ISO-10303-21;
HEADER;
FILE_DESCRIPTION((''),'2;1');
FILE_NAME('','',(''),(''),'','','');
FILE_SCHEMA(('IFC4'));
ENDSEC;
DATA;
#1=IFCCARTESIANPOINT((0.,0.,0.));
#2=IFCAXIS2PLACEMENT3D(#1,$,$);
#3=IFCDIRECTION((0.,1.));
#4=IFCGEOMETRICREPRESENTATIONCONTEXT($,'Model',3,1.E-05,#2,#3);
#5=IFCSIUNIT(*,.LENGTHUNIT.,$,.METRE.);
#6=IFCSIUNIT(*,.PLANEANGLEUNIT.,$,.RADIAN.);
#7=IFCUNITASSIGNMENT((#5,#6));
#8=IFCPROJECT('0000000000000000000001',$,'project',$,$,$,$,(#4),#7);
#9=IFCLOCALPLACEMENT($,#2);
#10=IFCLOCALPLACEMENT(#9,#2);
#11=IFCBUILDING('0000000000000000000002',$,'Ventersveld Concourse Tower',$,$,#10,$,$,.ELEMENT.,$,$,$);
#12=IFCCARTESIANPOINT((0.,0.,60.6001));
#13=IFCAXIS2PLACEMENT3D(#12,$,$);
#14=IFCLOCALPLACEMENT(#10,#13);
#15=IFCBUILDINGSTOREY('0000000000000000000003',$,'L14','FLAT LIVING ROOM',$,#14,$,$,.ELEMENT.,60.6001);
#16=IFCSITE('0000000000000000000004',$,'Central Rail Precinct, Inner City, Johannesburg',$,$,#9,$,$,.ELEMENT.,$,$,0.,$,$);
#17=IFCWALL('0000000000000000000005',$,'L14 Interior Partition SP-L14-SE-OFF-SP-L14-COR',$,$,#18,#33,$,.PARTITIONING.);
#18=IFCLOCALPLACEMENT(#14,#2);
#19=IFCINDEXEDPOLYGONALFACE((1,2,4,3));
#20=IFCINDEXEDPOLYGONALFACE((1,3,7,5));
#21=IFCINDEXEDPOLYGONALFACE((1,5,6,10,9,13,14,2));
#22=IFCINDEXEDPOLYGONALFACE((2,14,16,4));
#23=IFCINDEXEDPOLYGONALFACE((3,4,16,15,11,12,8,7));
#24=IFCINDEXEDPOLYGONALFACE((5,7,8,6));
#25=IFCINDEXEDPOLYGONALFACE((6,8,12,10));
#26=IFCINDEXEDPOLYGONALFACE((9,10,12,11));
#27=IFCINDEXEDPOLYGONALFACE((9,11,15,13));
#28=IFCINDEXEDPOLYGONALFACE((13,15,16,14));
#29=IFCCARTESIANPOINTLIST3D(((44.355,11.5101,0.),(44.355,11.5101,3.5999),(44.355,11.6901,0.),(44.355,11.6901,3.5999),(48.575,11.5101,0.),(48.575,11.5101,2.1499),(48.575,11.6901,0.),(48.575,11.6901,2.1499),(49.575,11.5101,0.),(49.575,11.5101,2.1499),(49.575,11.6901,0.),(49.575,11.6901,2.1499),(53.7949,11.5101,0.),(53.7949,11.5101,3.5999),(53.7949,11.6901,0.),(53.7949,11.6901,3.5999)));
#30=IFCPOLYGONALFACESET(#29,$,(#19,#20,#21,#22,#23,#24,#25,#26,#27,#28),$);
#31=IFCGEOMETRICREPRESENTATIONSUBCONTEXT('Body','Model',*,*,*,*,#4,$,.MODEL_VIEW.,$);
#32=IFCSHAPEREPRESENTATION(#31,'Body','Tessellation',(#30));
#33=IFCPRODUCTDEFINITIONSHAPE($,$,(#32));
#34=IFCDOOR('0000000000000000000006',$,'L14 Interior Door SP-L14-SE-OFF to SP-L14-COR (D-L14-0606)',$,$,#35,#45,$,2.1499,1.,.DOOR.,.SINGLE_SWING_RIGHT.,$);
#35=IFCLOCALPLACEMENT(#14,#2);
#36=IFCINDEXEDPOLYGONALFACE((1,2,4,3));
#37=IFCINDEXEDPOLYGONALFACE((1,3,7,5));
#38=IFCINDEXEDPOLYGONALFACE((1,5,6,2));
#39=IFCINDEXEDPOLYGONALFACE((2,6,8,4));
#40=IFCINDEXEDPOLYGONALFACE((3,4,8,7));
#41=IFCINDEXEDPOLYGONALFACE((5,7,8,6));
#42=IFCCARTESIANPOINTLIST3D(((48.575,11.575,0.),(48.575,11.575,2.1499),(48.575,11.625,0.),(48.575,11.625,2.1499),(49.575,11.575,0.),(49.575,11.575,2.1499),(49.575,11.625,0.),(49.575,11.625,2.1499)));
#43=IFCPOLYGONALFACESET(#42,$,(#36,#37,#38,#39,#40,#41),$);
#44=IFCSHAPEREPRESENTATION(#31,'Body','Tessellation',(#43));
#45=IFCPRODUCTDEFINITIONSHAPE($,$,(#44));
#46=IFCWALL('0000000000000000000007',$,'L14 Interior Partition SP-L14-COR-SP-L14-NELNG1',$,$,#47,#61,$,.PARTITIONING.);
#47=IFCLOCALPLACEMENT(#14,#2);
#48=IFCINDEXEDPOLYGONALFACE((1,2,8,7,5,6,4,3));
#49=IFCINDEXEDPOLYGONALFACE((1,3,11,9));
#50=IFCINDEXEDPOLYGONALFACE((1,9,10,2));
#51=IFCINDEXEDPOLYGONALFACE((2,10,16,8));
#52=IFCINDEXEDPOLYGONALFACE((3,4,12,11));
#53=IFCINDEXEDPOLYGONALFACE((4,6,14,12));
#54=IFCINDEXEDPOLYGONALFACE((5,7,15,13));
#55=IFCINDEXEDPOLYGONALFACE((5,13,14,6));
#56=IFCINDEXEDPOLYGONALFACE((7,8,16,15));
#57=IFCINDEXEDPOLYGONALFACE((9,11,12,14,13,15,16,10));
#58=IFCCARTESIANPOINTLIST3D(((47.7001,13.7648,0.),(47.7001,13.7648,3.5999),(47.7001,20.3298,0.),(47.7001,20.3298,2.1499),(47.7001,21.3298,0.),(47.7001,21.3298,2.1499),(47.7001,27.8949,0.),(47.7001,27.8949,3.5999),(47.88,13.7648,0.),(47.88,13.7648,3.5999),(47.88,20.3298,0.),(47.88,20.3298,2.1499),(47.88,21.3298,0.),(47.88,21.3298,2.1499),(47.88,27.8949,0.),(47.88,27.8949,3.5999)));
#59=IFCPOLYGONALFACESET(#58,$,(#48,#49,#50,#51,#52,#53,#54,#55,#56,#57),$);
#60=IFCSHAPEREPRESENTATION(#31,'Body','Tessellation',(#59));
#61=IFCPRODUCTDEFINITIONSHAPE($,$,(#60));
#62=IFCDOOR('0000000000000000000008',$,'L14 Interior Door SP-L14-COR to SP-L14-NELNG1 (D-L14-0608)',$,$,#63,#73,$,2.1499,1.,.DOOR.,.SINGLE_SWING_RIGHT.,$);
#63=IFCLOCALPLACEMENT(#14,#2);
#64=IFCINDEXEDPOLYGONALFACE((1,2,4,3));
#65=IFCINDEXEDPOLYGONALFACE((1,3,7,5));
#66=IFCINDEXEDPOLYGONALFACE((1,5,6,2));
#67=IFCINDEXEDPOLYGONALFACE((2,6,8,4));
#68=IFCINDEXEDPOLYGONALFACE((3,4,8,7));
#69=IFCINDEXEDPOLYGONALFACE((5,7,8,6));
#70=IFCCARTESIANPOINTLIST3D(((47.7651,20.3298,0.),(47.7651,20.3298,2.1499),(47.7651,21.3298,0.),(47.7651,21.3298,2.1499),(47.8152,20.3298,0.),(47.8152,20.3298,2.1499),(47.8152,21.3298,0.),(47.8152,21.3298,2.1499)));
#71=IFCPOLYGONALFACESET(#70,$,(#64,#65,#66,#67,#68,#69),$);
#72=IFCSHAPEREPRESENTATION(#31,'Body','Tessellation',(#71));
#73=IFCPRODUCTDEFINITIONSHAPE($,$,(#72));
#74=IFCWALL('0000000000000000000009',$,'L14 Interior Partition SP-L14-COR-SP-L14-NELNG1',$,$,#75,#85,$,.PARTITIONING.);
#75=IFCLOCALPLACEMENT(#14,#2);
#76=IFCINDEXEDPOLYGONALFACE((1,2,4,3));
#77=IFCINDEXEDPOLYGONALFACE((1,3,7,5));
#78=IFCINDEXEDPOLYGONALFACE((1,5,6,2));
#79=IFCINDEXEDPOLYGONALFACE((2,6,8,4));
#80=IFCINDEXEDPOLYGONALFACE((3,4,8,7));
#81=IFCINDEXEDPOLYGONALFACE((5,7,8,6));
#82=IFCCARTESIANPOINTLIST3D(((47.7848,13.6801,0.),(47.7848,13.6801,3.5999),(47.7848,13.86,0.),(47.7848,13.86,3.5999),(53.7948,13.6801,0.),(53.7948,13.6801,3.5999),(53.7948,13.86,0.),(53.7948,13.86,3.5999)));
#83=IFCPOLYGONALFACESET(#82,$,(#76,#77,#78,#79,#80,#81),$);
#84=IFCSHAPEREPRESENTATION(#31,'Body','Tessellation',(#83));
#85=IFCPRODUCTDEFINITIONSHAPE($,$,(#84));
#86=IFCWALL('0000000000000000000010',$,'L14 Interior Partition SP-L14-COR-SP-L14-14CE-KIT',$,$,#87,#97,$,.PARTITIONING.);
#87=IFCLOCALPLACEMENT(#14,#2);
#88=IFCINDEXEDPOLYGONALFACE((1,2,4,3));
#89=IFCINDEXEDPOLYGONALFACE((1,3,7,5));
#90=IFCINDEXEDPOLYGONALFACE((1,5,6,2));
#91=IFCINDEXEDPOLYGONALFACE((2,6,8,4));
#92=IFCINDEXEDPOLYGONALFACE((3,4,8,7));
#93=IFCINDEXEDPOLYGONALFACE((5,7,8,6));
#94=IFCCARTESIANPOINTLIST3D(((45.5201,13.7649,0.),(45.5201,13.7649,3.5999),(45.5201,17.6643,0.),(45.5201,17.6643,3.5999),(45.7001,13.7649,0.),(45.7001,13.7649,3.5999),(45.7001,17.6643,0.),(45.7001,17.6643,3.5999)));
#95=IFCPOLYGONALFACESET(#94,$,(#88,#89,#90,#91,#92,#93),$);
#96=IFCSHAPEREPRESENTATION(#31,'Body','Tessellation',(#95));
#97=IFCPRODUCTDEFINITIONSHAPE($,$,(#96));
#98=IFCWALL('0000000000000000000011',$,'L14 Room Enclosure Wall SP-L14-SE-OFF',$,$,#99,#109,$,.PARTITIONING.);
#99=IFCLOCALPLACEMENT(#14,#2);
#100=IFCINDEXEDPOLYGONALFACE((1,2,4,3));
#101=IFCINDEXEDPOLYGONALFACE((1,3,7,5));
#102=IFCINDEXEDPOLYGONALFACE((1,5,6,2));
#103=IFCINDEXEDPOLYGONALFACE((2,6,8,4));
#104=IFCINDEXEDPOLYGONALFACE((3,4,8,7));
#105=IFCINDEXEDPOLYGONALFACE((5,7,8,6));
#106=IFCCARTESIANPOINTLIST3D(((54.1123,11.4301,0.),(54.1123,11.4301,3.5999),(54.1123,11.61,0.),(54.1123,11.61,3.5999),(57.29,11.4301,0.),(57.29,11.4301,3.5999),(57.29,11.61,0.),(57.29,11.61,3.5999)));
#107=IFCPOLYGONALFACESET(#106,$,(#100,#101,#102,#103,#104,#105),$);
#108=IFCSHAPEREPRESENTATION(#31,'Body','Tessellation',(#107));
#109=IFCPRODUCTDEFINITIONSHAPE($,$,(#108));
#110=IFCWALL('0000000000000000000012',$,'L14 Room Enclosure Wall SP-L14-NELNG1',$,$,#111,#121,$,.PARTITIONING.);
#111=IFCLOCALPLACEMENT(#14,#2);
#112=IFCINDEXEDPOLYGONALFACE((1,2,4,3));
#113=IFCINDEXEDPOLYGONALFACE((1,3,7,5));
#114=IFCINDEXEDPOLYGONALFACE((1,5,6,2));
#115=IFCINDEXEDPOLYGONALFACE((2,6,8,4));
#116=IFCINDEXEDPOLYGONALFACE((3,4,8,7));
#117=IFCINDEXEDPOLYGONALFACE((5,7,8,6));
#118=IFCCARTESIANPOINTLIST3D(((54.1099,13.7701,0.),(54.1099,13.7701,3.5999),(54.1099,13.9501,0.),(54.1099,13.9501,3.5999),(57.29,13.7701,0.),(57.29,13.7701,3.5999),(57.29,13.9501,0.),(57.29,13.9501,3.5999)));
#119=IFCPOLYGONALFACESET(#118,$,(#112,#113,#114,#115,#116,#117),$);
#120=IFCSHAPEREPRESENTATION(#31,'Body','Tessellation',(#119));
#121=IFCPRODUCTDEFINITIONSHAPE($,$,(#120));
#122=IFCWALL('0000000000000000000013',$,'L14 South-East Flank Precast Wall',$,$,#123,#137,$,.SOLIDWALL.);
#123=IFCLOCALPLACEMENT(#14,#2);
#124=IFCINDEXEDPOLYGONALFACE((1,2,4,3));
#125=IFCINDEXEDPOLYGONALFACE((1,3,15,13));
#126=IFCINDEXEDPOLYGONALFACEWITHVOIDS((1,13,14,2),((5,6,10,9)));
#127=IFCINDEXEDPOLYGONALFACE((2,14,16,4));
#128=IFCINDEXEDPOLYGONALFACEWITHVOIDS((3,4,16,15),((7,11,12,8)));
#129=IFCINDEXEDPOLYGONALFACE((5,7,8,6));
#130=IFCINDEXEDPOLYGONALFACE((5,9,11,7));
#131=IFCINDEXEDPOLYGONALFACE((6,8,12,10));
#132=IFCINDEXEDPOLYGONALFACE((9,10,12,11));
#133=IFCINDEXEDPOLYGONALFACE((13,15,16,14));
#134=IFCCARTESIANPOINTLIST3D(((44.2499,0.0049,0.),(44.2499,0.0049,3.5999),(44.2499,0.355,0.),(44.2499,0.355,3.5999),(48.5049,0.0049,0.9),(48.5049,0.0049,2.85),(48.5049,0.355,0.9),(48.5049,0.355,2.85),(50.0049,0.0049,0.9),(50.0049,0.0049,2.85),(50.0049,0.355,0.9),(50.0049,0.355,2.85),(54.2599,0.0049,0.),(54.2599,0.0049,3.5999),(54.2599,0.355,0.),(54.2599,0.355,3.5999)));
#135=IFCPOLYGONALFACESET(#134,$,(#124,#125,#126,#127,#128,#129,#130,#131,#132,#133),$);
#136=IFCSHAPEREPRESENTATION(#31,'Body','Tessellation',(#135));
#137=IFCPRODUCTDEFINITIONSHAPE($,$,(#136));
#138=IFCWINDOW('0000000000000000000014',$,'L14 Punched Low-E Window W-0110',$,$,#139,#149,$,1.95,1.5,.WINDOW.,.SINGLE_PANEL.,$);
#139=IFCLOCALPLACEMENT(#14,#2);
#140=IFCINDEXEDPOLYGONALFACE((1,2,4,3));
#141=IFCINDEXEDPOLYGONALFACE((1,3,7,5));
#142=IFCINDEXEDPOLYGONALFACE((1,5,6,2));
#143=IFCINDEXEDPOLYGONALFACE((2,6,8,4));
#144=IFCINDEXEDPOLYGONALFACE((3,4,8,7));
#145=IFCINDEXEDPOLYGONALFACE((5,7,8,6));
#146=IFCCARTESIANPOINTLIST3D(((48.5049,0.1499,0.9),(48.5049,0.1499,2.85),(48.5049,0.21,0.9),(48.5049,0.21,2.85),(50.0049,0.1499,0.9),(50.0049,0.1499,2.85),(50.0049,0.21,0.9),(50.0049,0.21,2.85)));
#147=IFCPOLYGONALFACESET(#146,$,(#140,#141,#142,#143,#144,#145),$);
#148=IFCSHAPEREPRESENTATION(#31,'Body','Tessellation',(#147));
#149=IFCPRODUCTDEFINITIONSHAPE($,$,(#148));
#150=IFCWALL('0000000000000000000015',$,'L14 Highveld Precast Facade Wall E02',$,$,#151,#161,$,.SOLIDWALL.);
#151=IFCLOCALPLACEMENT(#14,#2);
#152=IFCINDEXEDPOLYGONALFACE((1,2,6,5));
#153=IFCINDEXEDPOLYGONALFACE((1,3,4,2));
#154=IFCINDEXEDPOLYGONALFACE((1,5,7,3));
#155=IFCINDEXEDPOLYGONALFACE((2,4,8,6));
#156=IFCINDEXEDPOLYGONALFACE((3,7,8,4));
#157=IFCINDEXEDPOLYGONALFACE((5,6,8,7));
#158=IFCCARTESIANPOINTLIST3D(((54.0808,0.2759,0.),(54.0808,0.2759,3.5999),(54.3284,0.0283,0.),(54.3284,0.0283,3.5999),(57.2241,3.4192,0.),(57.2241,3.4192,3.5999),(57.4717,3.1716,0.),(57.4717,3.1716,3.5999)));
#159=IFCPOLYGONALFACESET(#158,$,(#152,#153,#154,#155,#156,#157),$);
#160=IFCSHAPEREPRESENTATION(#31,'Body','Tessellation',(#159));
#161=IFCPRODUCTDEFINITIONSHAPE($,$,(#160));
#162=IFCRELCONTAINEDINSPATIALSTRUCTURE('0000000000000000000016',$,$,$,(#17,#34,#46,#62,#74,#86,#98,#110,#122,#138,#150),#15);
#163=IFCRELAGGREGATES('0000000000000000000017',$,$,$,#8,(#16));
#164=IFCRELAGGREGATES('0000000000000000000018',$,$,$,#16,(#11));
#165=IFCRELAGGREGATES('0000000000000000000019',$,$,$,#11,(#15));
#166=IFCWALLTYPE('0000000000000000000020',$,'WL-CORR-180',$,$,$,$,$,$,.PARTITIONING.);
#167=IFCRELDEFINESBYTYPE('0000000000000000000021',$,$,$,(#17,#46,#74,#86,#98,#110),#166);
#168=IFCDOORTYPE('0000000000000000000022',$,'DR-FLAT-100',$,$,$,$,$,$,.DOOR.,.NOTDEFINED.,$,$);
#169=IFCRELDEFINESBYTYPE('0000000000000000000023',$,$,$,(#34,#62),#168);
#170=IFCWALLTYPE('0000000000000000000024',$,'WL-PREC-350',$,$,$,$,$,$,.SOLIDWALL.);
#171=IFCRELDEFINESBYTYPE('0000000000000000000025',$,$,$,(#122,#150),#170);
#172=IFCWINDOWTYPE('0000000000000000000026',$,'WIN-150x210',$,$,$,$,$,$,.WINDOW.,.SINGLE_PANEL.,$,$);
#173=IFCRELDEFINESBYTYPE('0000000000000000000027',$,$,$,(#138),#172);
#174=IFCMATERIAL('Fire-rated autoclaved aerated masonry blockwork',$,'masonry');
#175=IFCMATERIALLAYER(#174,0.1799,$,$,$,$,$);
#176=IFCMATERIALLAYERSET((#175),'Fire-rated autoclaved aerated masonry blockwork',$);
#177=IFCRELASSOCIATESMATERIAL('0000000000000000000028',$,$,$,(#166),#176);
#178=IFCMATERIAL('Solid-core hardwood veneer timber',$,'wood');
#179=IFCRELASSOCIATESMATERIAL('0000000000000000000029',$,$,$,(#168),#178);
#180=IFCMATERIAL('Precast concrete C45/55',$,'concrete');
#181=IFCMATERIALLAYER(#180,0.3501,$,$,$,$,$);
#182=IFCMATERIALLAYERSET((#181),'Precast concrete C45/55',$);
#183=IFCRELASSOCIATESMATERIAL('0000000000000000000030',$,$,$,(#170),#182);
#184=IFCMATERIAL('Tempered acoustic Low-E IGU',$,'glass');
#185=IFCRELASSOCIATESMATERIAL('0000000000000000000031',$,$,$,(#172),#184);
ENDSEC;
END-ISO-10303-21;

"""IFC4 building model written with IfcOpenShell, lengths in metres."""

from ifc_helpers import new_model, si_unit, direction, frame, frame_2d, origin, place, context, subcontext, project, spatial, rectangle, extrude, material, layer, layer_set, type_object, element, fill, save


model = new_model("IFC4")

# Units and contexts
model_context = context("Model", 3, precision=1e-05, world=origin(), true_north=direction((0.0, 1.0)))
body_context = subcontext(model_context, "Body", "Model", "MODEL_VIEW")
ifc_project = project(units=[si_unit("LENGTHUNIT", "METRE"), si_unit("PLANEANGLEUNIT", "RADIAN")], contexts=[model_context])

# Site, building, storey
site_placement = place(None, origin())
site = spatial("IfcSite", under=ifc_project, at=site_placement, Name="Central Rail Precinct, Inner City, Johannesburg", CompositionType="ELEMENT", RefElevation=0.0)
building_placement = place(site_placement, origin())
building = spatial("IfcBuilding", under=site, at=building_placement, Name="Ventersveld Concourse Tower", CompositionType="ELEMENT")
storey_placement = place(building_placement, frame((0.0, 0.0, 60.6001)))
storey = spatial("IfcBuildingStorey", under=building, at=storey_placement, Name="L14", Description="FLAT LIVING ROOM", CompositionType="ELEMENT", Elevation=60.6001)

# Walls, openings, doors
ifc_material_1 = material(Name="Fire-rated autoclaved aerated masonry blockwork", Category="masonry")
ifc_layer_1 = layer(ifc_material_1, 0.1799)
ifc_layer_set_1 = layer_set([ifc_layer_1], Name="Fire-rated autoclaved aerated masonry blockwork")
wall_type_1 = type_object("IfcWallType", Name="WL-CORR-180", PredefinedType="PARTITIONING", material=ifc_layer_set_1)
wall_1_placement = place(storey_placement, frame((44.355, 11.6001, 0.0), z_axis=(0.0, 0.0, 1.0), x_axis=(1.0, 0.0, 0.0)))
wall_1 = element("IfcWall", 1, at=wall_1_placement, inside=storey, type_object=wall_type_1, Name="L14 Interior Partition SP-L14-SE-OFF-SP-L14-COR", PredefinedType="PARTITIONING", context=body_context, shape_type="SweptSolid", body=[
    extrude(rectangle(XDim=9.4399, YDim=0.1799, at=frame_2d((4.72, 0.0))), origin(), (0.0, 0.0, 1.0), 3.5999),
])
opening_1_placement = place(wall_1_placement, frame((4.22, 0.0, 0.0)))
opening_1 = element("IfcOpeningElement", 2, at=opening_1_placement, cuts=wall_1, PredefinedType="OPENING", context=body_context, shape_type="SweptSolid", body=[
    extrude(rectangle(XDim=1.0, YDim=2.1499, at=frame_2d((0.5, 1.075))), frame((0.0, 0.1001, 0.0), z_axis=(0.0, -1.0, 0.0), x_axis=(1.0, 0.0, 0.0)), (0.0, 0.0, 1.0), 0.2),
])
ifc_material_2 = material(Name="Solid-core hardwood veneer timber", Category="wood")
door_type = type_object("IfcDoorType", Name="DR-FLAT-100", OperationType="NOTDEFINED", PredefinedType="DOOR", material=ifc_material_2)
door_1_placement = place(opening_1_placement, origin())
door_1 = element("IfcDoor", 3, at=door_1_placement, inside=storey, type_object=door_type, Name="L14 Interior Door SP-L14-SE-OFF to SP-L14-COR (D-L14-0606)", OperationType="SINGLE_SWING_RIGHT", OverallHeight=2.1499, OverallWidth=1.0, PredefinedType="DOOR", context=body_context, shape_type="SweptSolid", body=[
    extrude(rectangle(XDim=1.0, YDim=2.1499, at=frame_2d((0.5, 1.075))), frame((0.0, 0.0249, 0.0), z_axis=(0.0, -1.0, 0.0), x_axis=(1.0, 0.0, 0.0)), (0.0, 0.0, 1.0), 0.05),
])
fill(opening_1, door_1)
wall_2_placement = place(storey_placement, frame((47.79, 13.7649, 0.0), z_axis=(0.0, 0.0, 1.0), x_axis=(0.0, 1.0, 0.0)))
wall_2 = element("IfcWall", 4, at=wall_2_placement, inside=storey, type_object=wall_type_1, Name="L14 Interior Partition SP-L14-COR-SP-L14-NELNG1", PredefinedType="PARTITIONING", context=body_context, shape_type="SweptSolid", body=[
    extrude(rectangle(XDim=14.1301, YDim=0.1799, at=frame_2d((7.0649, 0.0))), origin(), (0.0, 0.0, 1.0), 3.5999),
])
opening_2_placement = place(wall_2_placement, frame((6.5649, 0.0, 0.0)))
opening_2 = element("IfcOpeningElement", 5, at=opening_2_placement, cuts=wall_2, PredefinedType="OPENING", context=body_context, shape_type="SweptSolid", body=[
    extrude(rectangle(XDim=1.0, YDim=2.1499, at=frame_2d((0.5, 1.075))), frame((0.0, 0.1001, 0.0), z_axis=(0.0, -1.0, 0.0), x_axis=(1.0, 0.0, 0.0)), (0.0, 0.0, 1.0), 0.2),
])
door_2_placement = place(opening_2_placement, origin())
door_2 = element("IfcDoor", 6, at=door_2_placement, inside=storey, type_object=door_type, Name="L14 Interior Door SP-L14-COR to SP-L14-NELNG1 (D-L14-0608)", OperationType="SINGLE_SWING_RIGHT", OverallHeight=2.1499, OverallWidth=1.0, PredefinedType="DOOR", context=body_context, shape_type="SweptSolid", body=[
    extrude(rectangle(XDim=1.0, YDim=2.1499, at=frame_2d((0.5, 1.075))), frame((0.0, 0.0249, 0.0), z_axis=(0.0, -1.0, 0.0), x_axis=(1.0, 0.0, 0.0)), (0.0, 0.0, 1.0), 0.05),
])
fill(opening_2, door_2)

# Walls
wall_3_placement = place(storey_placement, frame((47.7849, 13.77, 0.0), z_axis=(0.0, 0.0, 1.0), x_axis=(1.0, 0.0, 0.0)))
element("IfcWall", 7, at=wall_3_placement, inside=storey, type_object=wall_type_1, Name="L14 Interior Partition SP-L14-COR-SP-L14-NELNG1", PredefinedType="PARTITIONING", context=body_context, shape_type="SweptSolid", body=[
    extrude(rectangle(XDim=6.01, YDim=0.1799, at=frame_2d((3.0049, 0.0))), origin(), (0.0, 0.0, 1.0), 3.5999),
])
wall_4_placement = place(storey_placement, frame((45.6101, 13.7649, 0.0), z_axis=(0.0, 0.0, 1.0), x_axis=(0.0, 1.0, 0.0)))
element("IfcWall", 8, at=wall_4_placement, inside=storey, type_object=wall_type_1, Name="L14 Interior Partition SP-L14-COR-SP-L14-14CE-KIT", PredefinedType="PARTITIONING", context=body_context, shape_type="SweptSolid", body=[
    extrude(rectangle(XDim=3.8994, YDim=0.1799, at=frame_2d((1.9497, 0.0))), origin(), (0.0, 0.0, 1.0), 3.5999),
])
wall_5_placement = place(storey_placement, frame((54.1123, 11.52, 0.0), z_axis=(0.0, 0.0, 1.0), x_axis=(1.0, 0.0, 0.0)))
element("IfcWall", 9, at=wall_5_placement, inside=storey, type_object=wall_type_1, Name="L14 Room Enclosure Wall SP-L14-SE-OFF", PredefinedType="PARTITIONING", context=body_context, shape_type="SweptSolid", body=[
    extrude(rectangle(XDim=3.1777, YDim=0.1799, at=frame_2d((1.5889, 0.0))), origin(), (0.0, 0.0, 1.0), 3.5999),
])
wall_6_placement = place(storey_placement, frame((57.29, 13.8601, 0.0), z_axis=(0.0, 0.0, 1.0), x_axis=(-1.0, 0.0, 0.0)))
element("IfcWall", 10, at=wall_6_placement, inside=storey, type_object=wall_type_1, Name="L14 Room Enclosure Wall SP-L14-NELNG1", PredefinedType="PARTITIONING", context=body_context, shape_type="SweptSolid", body=[
    extrude(rectangle(XDim=3.1802, YDim=0.1799, at=frame_2d((1.5901, 0.0))), origin(), (0.0, 0.0, 1.0), 3.5999),
])

# Wall, opening, window
ifc_material_3 = material(Name="Precast concrete C45/55", Category="concrete")
ifc_layer_2 = layer(ifc_material_3, 0.3501)
ifc_layer_set_2 = layer_set([ifc_layer_2], Name="Precast concrete C45/55")
wall_type_2 = type_object("IfcWallType", Name="WL-PREC-350", PredefinedType="SOLIDWALL", material=ifc_layer_set_2)
wall_7_placement = place(storey_placement, frame((44.25, 0.1799, 0.0), z_axis=(0.0, 0.0, 1.0), x_axis=(1.0, 0.0, 0.0)))
wall_7 = element("IfcWall", 11, at=wall_7_placement, inside=storey, type_object=wall_type_2, Name="L14 South-East Flank Precast Wall", PredefinedType="SOLIDWALL", context=body_context, shape_type="SweptSolid", body=[
    extrude(rectangle(XDim=10.01, YDim=0.3501, at=frame_2d((5.0049, 0.0))), origin(), (0.0, 0.0, 1.0), 3.5999),
])
opening_3_placement = place(wall_7_placement, frame((4.2549, 0.0, 0.8999)))
opening_3 = element("IfcOpeningElement", 12, at=opening_3_placement, cuts=wall_7, PredefinedType="OPENING", context=body_context, shape_type="SweptSolid", body=[
    extrude(rectangle(XDim=1.5, YDim=1.95, at=frame_2d((0.75, 0.9751))), frame((0.0, 0.1851, 0.0), z_axis=(0.0, -1.0, 0.0), x_axis=(1.0, 0.0, 0.0)), (0.0, 0.0, 1.0), 0.3701),
])
ifc_material_4 = material(Name="Tempered acoustic Low-E IGU", Category="glass")
window_type_1 = type_object("IfcWindowType", Name="WIN-150x210", PartitioningType="SINGLE_PANEL", PredefinedType="WINDOW", material=ifc_material_4)
window_1_placement = place(opening_3_placement, origin())
window_1 = element("IfcWindow", 13, at=window_1_placement, inside=storey, type_object=window_type_1, Name="L14 Punched Low-E Window W-0110", OverallHeight=1.95, OverallWidth=1.5, PartitioningType="SINGLE_PANEL", PredefinedType="WINDOW", context=body_context, shape_type="SweptSolid", body=[
    extrude(rectangle(XDim=1.5, YDim=1.95, at=frame_2d((0.75, 0.9751))), frame((0.0, 0.03, 0.0), z_axis=(0.0, -1.0, 0.0), x_axis=(1.0, 0.0, 0.0)), (0.0, 0.0, 1.0), 0.0601),
])
fill(opening_3, window_1)

# Wall
wall_8_placement = place(storey_placement, frame((54.2046, 0.1521, 0.0), z_axis=(0.0, 0.0, 1.0), x_axis=(0.707107, 0.707107, 0.0)))
element("IfcWall", 14, at=wall_8_placement, inside=storey, type_object=wall_type_2, Name="L14 Highveld Precast Facade Wall E02", PredefinedType="SOLIDWALL", context=body_context, shape_type="SweptSolid", body=[
    extrude(rectangle(XDim=4.4453, YDim=0.3501, at=frame_2d((2.2227, 0.0))), origin(), (0.0, 0.0, 1.0), 3.5999),
])

save(model, "model.ifc")
